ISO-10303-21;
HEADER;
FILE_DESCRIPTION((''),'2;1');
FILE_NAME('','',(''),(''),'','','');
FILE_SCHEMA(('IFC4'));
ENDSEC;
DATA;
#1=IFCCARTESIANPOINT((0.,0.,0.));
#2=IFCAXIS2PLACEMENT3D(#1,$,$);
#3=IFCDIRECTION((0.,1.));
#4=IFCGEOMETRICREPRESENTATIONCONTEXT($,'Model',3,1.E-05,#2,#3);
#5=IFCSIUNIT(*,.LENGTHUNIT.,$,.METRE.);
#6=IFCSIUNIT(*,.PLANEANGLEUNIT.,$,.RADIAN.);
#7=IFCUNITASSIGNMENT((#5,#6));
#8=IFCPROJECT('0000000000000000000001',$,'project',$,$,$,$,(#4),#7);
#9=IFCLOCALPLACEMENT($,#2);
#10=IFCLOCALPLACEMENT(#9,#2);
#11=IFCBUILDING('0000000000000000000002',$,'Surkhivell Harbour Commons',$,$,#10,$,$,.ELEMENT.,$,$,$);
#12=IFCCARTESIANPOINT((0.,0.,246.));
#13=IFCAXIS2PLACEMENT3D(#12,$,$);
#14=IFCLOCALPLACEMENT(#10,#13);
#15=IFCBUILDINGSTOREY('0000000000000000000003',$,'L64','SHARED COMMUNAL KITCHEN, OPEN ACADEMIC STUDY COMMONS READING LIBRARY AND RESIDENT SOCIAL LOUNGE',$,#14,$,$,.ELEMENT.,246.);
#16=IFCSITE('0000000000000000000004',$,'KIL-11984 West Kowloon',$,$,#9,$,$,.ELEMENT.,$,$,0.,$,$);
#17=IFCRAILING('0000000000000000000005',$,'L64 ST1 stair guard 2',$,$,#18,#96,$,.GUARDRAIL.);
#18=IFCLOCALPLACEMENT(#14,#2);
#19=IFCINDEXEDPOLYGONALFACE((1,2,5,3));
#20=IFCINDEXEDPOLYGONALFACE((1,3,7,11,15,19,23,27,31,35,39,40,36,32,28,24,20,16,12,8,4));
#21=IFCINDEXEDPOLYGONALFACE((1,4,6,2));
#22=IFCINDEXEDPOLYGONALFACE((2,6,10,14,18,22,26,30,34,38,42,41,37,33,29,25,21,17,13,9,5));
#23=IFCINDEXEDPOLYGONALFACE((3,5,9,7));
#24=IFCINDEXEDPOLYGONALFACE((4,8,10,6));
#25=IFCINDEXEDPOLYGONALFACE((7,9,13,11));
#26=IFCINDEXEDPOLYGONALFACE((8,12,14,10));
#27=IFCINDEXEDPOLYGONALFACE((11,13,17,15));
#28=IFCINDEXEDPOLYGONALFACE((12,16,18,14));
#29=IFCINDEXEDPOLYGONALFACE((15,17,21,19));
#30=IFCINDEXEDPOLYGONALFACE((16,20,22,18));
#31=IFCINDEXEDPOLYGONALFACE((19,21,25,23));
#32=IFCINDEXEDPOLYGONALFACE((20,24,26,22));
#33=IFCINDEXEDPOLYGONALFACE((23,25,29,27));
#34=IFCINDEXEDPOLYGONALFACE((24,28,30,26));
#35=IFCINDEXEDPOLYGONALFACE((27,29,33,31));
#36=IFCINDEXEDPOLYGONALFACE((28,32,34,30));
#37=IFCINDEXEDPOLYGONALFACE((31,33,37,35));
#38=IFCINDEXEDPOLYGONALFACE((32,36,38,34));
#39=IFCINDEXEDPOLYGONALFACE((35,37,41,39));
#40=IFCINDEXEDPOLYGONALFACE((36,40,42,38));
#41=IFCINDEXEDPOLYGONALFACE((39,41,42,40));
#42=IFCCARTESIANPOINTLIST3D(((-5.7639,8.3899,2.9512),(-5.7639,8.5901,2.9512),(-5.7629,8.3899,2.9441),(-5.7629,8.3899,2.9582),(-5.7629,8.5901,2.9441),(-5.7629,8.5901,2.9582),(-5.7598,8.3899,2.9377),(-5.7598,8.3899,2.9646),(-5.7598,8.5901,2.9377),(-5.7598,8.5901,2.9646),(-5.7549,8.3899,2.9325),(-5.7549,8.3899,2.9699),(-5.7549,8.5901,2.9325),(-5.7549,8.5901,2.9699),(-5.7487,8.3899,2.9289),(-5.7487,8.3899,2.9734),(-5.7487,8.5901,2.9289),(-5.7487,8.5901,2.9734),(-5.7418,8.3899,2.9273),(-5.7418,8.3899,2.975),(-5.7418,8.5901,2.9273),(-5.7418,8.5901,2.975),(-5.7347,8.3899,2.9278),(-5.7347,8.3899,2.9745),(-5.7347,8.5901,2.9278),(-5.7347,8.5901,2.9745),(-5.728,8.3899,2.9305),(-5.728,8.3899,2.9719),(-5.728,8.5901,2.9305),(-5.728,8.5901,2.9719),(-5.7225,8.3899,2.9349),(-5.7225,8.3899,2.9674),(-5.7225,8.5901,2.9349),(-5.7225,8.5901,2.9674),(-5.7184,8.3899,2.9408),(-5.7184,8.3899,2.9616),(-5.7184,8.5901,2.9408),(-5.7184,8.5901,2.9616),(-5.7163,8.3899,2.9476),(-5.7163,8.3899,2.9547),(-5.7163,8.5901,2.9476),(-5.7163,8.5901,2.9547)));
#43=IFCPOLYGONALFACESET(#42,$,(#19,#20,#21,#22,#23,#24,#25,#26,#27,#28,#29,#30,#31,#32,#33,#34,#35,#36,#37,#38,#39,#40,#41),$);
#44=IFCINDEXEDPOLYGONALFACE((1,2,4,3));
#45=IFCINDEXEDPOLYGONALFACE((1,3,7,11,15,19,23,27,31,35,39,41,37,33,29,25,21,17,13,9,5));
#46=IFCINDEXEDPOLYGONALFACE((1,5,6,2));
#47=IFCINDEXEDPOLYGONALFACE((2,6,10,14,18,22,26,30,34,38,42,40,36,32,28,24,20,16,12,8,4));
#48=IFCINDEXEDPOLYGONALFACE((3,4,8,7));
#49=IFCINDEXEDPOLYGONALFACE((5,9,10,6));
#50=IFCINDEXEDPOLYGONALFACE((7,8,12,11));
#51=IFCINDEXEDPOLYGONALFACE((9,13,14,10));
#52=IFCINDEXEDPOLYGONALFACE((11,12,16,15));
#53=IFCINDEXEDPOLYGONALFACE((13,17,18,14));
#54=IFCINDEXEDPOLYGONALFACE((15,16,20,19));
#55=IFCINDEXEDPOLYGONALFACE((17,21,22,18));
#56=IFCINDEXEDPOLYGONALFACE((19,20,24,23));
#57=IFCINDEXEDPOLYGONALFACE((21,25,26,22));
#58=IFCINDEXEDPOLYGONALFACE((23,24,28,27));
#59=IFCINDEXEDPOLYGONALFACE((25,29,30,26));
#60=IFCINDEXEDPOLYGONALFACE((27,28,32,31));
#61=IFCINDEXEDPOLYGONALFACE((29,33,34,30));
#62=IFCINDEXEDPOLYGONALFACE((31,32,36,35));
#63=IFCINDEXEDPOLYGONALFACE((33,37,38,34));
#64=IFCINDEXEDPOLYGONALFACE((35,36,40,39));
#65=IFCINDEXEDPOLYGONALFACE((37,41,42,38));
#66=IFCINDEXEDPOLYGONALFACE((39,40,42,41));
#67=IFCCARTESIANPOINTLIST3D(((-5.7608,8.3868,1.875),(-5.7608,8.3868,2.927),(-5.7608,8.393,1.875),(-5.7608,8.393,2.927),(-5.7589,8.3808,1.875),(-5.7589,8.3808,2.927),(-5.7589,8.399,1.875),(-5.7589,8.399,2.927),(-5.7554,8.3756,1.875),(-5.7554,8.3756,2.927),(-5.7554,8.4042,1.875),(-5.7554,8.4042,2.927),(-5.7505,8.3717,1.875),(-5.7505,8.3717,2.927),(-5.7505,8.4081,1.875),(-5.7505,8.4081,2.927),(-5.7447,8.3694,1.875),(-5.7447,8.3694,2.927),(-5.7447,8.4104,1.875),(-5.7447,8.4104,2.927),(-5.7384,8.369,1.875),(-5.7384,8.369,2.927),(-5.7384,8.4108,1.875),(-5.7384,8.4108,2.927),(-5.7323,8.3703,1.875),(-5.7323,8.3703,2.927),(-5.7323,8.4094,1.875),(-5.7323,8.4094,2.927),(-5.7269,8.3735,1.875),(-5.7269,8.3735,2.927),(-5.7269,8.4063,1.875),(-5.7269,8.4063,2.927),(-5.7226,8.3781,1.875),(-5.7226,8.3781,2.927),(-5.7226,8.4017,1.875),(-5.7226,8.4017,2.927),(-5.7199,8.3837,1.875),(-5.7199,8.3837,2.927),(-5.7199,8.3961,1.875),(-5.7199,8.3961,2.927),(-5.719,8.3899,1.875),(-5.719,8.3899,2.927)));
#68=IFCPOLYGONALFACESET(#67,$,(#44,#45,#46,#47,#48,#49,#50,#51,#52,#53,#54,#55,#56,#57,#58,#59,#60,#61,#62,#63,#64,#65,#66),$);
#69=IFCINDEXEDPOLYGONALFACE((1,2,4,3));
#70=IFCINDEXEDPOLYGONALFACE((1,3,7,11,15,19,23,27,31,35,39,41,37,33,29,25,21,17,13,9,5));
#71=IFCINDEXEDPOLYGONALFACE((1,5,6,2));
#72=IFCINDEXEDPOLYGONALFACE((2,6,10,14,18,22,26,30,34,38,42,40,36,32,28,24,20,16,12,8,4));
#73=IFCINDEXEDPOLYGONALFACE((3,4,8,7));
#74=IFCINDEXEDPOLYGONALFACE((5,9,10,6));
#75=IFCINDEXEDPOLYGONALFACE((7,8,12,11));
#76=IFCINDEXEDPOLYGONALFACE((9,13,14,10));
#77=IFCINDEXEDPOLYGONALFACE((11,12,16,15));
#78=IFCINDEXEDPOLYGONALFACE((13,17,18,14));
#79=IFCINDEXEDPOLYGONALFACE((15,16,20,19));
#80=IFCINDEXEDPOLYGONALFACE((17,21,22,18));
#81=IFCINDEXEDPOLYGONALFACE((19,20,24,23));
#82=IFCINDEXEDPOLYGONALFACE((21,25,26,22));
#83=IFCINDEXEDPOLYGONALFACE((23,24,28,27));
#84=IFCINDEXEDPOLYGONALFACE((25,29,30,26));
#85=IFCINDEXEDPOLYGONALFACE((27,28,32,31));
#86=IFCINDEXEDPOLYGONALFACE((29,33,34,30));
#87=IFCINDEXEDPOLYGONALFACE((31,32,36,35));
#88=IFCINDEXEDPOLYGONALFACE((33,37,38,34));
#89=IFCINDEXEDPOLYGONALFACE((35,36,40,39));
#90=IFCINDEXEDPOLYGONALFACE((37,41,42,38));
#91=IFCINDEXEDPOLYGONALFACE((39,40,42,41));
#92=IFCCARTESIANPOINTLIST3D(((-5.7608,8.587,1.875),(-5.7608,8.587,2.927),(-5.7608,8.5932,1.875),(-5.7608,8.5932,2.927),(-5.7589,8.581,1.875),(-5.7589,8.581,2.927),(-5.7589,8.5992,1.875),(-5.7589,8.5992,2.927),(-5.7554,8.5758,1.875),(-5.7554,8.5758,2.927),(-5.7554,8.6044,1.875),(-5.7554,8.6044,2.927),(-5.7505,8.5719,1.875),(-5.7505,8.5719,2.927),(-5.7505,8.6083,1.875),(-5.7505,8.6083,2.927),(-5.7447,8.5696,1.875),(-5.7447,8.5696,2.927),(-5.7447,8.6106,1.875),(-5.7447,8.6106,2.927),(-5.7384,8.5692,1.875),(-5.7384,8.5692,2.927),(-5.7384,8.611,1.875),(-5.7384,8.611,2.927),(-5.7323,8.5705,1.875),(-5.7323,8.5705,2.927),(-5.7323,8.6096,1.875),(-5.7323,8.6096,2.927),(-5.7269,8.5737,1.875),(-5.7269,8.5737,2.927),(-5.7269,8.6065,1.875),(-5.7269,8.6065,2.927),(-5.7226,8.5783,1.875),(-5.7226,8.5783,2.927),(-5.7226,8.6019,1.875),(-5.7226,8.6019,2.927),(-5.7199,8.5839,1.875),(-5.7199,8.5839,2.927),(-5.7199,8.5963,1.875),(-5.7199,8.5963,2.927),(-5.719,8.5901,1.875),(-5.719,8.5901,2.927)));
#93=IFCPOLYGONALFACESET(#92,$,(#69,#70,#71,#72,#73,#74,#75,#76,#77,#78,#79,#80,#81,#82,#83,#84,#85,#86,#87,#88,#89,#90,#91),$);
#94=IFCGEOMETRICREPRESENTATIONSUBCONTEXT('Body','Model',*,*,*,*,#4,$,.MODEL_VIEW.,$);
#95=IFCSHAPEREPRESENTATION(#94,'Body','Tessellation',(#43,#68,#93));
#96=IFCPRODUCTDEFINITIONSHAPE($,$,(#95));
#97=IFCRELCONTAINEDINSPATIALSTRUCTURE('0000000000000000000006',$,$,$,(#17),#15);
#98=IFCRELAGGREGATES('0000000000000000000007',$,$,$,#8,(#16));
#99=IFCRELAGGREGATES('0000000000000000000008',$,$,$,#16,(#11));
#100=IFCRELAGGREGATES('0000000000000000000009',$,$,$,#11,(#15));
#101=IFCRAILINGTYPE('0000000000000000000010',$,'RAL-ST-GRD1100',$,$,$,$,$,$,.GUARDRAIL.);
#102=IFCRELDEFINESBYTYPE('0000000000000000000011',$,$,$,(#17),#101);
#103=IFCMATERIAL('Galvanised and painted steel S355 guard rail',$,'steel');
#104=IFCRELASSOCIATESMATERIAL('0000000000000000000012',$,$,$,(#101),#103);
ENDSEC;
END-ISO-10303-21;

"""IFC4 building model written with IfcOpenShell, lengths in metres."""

from ifc_helpers import new_model, si_unit, direction, frame, origin, origin_2d, place, context, subcontext, project, spatial, circle, extrude, material, type_object, element, save


model = new_model("IFC4")

# Units and contexts
model_context = context("Model", 3, precision=1e-05, world=origin(), true_north=direction((0.0, 1.0)))
body_context = subcontext(model_context, "Body", "Model", "MODEL_VIEW")
ifc_project = project(units=[si_unit("LENGTHUNIT", "METRE"), si_unit("PLANEANGLEUNIT", "RADIAN")], contexts=[model_context])

# Site, building, storey
site_placement = place(None, origin())
site = spatial("IfcSite", under=ifc_project, at=site_placement, Name="KIL-11984 West Kowloon", CompositionType="ELEMENT", RefElevation=0.0)
building_placement = place(site_placement, origin())
building = spatial("IfcBuilding", under=site, at=building_placement, Name="Surkhivell Harbour Commons", CompositionType="ELEMENT")
storey_placement = place(building_placement, frame((0.0, 0.0, 246.0)))
storey = spatial("IfcBuildingStorey", under=building, at=storey_placement, Name="L64", Description="SHARED COMMUNAL KITCHEN, OPEN ACADEMIC STUDY COMMONS READING LIBRARY AND RESIDENT SOCIAL LOUNGE", CompositionType="ELEMENT", Elevation=246.0)

# Railing
ifc_material_1 = material(Name="Galvanised and painted steel S355 guard rail", Category="steel")
railing_type_1 = type_object("IfcRailingType", Name="RAL-ST-GRD1100", PredefinedType="GUARDRAIL", material=ifc_material_1)
railing_1_placement = place(storey_placement, frame((-5.74, 8.3899, 1.875)))
element("IfcRailing", 1, at=railing_1_placement, inside=storey, type_object=railing_type_1, Name="L64 ST1 stair guard 2", PredefinedType="GUARDRAIL", context=body_context, shape_type="SweptSolid", body=[
    extrude(circle(Radius=0.0239, at=origin_2d()), frame((0.0, 0.0, 1.0762), z_axis=(0.0, 1.0, 0.0), x_axis=(-1.0, 0.0, 0.0)), (0.0, 0.0, 1.0), 0.2002),
    extrude(circle(Radius=0.021, at=origin_2d()), origin(), (0.0, 0.0, 1.0), 1.052),
    extrude(circle(Radius=0.021, at=origin_2d()), frame((0.0, 0.2002, 0.0)), (0.0, 0.0, 1.0), 1.052),
])

save(model, "model.ifc")
